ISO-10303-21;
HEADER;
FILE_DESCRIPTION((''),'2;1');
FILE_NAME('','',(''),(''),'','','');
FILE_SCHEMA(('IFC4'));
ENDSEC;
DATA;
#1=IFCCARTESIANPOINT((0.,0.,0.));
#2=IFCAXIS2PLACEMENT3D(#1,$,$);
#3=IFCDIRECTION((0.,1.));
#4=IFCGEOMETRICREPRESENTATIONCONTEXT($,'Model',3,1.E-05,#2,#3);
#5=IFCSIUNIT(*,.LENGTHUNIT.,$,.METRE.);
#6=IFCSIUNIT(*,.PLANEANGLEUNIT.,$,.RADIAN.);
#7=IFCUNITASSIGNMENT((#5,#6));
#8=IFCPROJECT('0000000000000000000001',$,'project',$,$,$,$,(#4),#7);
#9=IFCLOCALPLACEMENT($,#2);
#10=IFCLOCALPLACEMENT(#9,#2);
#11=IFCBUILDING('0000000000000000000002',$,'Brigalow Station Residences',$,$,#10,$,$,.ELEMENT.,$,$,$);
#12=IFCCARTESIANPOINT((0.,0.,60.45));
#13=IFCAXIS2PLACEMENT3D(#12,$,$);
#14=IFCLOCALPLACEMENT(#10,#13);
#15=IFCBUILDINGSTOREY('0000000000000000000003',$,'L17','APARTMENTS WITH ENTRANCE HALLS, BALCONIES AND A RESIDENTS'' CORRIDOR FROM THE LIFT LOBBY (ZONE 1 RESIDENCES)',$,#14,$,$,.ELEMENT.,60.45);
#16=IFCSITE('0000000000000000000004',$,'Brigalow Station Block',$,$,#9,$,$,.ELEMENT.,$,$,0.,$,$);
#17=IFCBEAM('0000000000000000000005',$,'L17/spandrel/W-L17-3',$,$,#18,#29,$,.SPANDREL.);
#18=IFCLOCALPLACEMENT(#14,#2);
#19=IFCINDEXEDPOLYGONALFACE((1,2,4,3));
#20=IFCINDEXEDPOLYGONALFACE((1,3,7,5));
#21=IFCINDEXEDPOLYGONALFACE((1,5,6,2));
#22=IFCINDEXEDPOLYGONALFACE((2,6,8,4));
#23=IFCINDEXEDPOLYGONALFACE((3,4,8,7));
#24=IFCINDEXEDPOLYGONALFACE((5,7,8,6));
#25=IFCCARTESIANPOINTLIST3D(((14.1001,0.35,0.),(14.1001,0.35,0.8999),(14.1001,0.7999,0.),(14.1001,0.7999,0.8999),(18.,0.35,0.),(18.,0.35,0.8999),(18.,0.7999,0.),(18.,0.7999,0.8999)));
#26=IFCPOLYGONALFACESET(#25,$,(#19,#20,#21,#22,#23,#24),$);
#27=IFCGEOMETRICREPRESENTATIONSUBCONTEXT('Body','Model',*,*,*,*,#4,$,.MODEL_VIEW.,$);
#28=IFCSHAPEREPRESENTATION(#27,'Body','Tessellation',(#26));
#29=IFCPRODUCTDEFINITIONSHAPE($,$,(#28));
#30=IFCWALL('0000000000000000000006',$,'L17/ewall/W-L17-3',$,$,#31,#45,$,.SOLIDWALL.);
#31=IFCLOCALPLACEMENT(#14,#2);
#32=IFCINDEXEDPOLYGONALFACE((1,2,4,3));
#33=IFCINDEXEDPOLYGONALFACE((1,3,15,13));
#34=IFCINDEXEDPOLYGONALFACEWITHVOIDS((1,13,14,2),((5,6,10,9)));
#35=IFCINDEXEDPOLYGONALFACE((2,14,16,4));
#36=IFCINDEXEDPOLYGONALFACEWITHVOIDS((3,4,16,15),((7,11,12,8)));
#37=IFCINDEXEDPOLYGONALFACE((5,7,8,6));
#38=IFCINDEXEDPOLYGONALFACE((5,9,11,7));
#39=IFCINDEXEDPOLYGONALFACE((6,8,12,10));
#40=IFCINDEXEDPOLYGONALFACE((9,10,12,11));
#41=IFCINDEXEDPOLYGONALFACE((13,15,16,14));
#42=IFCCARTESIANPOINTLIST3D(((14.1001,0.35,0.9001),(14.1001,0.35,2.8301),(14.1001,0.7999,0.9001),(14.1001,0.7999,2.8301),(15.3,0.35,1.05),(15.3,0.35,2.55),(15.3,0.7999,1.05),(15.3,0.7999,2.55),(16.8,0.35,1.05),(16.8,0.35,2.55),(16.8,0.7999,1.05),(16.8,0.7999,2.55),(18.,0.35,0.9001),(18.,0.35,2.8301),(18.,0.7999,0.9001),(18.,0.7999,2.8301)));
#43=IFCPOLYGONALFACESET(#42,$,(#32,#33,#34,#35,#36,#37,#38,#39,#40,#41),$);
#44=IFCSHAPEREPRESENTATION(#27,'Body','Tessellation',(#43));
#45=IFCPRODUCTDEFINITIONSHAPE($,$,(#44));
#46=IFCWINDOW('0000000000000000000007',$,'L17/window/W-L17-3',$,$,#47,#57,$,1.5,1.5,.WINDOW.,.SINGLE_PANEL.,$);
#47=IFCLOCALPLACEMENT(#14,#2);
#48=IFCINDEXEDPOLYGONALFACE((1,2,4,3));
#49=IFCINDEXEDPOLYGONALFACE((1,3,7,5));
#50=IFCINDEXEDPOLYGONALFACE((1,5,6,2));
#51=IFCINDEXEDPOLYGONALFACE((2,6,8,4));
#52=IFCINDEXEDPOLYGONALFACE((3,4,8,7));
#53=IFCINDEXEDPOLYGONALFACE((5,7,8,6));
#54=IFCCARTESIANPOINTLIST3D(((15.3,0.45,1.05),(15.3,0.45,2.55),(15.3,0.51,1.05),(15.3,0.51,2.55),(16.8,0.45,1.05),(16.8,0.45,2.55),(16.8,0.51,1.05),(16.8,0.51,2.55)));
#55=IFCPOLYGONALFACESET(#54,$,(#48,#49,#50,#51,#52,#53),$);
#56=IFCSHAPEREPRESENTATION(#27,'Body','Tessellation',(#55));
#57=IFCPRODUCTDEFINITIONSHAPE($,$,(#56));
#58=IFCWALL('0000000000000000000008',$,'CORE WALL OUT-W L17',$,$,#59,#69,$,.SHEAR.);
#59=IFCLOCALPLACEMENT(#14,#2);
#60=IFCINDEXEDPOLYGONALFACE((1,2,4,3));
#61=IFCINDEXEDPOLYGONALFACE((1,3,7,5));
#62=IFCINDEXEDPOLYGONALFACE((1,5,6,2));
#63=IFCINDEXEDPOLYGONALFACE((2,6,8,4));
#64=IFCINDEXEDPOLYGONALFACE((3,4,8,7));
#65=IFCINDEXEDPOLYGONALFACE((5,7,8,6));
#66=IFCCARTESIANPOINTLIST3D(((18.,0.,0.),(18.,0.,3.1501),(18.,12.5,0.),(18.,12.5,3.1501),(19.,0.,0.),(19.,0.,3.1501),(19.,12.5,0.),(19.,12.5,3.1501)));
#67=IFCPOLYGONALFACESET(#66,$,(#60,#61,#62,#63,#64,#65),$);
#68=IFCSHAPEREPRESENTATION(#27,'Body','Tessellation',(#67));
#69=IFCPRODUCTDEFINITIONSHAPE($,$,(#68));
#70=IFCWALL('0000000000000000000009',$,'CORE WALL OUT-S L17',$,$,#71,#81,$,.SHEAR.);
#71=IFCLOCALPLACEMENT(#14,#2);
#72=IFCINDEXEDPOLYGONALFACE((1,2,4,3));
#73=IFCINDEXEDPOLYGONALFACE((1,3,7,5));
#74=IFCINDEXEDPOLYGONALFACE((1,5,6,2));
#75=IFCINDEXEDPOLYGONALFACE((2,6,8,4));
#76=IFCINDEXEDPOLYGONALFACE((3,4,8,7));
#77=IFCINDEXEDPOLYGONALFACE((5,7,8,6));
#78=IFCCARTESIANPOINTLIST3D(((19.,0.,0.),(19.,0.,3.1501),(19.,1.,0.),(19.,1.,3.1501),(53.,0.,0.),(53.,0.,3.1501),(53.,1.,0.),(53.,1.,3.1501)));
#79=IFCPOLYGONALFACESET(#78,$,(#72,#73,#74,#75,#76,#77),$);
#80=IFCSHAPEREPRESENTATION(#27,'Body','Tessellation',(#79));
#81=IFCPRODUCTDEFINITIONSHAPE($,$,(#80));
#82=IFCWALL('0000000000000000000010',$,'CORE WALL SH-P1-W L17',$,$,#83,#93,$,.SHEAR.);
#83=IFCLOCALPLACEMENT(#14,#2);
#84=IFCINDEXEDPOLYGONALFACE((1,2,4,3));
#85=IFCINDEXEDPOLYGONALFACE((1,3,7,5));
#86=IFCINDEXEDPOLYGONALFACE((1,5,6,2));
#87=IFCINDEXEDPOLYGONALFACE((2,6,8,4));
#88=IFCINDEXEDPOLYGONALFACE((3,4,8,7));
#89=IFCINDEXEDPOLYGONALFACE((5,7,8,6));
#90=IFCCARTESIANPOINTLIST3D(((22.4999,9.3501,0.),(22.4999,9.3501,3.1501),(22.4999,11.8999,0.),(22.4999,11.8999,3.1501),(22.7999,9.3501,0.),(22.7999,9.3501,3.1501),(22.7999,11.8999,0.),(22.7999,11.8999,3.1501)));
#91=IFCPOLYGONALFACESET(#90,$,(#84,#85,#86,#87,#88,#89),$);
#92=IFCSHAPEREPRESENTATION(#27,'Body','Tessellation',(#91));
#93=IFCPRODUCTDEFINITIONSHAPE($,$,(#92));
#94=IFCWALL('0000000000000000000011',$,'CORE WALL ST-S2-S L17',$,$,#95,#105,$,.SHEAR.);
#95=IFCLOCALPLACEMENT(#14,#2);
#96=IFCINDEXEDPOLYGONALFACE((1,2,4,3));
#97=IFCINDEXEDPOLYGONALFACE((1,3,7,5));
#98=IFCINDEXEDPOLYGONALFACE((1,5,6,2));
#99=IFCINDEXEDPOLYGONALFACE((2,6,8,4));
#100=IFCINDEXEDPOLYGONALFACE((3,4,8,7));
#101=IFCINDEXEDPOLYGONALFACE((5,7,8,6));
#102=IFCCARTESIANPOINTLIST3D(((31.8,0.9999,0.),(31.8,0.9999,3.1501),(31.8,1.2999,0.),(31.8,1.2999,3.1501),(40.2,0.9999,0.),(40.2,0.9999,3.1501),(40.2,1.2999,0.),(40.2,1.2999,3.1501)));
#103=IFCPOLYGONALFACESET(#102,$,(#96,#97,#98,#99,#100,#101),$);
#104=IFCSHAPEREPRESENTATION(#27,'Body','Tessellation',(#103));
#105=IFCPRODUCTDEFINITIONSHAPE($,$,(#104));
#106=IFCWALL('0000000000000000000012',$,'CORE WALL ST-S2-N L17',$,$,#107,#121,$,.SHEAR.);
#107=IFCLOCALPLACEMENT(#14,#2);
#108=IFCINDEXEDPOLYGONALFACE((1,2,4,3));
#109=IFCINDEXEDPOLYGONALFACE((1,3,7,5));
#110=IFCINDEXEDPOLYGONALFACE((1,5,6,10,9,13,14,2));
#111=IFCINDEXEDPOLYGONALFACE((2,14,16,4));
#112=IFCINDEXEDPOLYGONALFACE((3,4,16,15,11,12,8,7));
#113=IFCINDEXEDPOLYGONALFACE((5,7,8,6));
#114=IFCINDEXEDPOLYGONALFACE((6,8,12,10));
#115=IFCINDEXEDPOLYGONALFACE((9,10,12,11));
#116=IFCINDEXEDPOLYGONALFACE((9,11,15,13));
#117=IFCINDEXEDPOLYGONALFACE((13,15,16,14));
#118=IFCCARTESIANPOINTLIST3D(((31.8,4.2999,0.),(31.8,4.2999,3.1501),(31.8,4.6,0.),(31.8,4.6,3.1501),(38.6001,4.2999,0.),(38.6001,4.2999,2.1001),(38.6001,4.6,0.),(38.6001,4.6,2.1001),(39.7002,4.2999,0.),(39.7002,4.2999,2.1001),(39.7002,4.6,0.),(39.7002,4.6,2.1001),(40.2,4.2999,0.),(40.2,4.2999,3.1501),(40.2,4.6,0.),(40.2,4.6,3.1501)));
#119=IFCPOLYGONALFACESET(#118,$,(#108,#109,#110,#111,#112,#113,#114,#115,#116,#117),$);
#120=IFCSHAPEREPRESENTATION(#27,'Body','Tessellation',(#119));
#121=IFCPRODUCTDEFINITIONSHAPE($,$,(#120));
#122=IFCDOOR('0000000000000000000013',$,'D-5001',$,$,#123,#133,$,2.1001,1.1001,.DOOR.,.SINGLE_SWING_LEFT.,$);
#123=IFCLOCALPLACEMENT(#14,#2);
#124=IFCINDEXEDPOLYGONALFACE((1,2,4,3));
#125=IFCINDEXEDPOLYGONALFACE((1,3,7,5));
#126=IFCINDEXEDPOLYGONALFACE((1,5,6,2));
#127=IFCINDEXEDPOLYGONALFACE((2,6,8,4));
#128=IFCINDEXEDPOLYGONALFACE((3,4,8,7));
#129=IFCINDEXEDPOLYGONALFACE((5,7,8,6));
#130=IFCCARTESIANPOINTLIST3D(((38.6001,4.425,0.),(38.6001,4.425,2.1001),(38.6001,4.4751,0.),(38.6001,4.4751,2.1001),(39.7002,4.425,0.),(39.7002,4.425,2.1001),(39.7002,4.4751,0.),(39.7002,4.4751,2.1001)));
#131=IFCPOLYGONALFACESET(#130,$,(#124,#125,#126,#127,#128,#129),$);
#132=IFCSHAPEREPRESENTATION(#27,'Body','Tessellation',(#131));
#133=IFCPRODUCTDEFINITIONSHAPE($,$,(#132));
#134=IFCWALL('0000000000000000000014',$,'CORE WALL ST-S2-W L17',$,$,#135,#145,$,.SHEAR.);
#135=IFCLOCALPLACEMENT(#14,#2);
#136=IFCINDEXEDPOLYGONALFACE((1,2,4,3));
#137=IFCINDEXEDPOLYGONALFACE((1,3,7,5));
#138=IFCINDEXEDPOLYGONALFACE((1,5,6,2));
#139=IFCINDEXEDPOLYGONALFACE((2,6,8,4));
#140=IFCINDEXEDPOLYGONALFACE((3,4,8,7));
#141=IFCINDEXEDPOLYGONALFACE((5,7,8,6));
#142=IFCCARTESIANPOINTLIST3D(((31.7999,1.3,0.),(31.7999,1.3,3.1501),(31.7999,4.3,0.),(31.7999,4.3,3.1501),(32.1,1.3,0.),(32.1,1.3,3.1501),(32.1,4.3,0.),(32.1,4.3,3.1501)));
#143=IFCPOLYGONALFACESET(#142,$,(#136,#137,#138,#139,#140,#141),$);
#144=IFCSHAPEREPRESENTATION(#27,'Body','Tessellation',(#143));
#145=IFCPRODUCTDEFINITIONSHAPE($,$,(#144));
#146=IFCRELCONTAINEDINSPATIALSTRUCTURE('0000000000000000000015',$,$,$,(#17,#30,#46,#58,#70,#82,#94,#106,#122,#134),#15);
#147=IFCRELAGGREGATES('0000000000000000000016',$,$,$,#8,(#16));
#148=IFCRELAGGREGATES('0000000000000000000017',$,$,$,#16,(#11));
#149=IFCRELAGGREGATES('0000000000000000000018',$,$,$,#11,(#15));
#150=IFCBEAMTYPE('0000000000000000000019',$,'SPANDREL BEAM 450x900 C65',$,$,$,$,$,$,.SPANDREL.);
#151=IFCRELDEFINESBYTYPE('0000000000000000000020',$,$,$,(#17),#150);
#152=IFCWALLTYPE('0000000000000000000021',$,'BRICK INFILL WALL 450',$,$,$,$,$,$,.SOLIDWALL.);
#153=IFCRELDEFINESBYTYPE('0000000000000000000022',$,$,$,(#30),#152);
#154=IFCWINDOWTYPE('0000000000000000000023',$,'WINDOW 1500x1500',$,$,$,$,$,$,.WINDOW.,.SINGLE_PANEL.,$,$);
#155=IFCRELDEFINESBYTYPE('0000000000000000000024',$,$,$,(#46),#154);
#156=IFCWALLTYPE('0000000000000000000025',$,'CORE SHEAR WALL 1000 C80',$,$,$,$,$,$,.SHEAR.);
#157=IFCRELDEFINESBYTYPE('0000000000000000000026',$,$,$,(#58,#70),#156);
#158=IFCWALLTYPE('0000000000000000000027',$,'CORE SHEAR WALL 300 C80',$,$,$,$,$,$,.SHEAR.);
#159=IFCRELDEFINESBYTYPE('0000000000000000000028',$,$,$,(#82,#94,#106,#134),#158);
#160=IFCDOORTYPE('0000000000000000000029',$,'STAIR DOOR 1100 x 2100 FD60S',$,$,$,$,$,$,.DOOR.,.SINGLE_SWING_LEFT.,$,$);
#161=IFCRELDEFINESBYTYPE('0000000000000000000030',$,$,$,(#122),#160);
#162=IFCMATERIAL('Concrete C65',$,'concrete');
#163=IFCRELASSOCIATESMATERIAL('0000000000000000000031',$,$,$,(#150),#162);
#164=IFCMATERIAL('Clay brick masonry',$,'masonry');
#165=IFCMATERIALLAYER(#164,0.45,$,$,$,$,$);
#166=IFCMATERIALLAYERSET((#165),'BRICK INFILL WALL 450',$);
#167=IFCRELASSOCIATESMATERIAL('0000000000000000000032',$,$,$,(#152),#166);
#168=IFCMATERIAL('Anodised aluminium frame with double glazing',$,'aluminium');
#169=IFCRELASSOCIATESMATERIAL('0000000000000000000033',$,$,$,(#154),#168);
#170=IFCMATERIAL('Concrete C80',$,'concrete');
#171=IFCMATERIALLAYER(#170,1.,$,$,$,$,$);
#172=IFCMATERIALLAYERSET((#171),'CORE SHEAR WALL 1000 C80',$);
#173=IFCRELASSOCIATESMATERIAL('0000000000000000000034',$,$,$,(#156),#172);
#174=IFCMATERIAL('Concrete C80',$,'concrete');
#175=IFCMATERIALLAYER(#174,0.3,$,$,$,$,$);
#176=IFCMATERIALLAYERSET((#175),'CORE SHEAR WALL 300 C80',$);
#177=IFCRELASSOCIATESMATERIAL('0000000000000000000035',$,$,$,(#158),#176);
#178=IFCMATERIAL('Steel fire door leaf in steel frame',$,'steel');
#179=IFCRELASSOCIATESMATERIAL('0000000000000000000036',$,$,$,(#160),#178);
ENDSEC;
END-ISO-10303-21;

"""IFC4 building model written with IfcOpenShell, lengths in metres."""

from ifc_helpers import new_model, si_unit, direction, frame, frame_2d, origin, origin_2d, place, context, subcontext, project, spatial, rectangle, extrude, material, layer, layer_set, material_profile, profile_set, type_object, element, fill, save


model = new_model("IFC4")

# Units and contexts
model_context = context("Model", 3, precision=1e-05, world=origin(), true_north=direction((0.0, 1.0)))
body_context = subcontext(model_context, "Body", "Model", "MODEL_VIEW")
ifc_project = project(units=[si_unit("LENGTHUNIT", "METRE"), si_unit("PLANEANGLEUNIT", "RADIAN")], contexts=[model_context])

# Site, building, storey
site_placement = place(None, origin())
site = spatial("IfcSite", under=ifc_project, at=site_placement, Name="Brigalow Station Block", CompositionType="ELEMENT", RefElevation=0.0)
building_placement = place(site_placement, origin())
building = spatial("IfcBuilding", under=site, at=building_placement, Name="Brigalow Station Residences", CompositionType="ELEMENT")
storey_placement = place(building_placement, frame((0.0, 0.0, 60.45)))
storey = spatial("IfcBuildingStorey", under=building, at=storey_placement, Name="L17", Description="APARTMENTS WITH ENTRANCE HALLS, BALCONIES AND A RESIDENTS' CORRIDOR FROM THE LIFT LOBBY (ZONE 1 RESIDENCES)", CompositionType="ELEMENT", Elevation=60.45)

# Beam
ifc_material_1 = material(Name="Concrete C65", Category="concrete")
ifc_material_profile = material_profile(ifc_material_1, rectangle(XDim=0.45, YDim=0.8999, at=origin_2d()), Name="RC450x900")
ifc_profile_set = profile_set([ifc_material_profile], Name="Concrete C65")
beam_type = type_object("IfcBeamType", Name="SPANDREL BEAM 450x900 C65", PredefinedType="SPANDREL", material=ifc_profile_set)
beam_placement = place(storey_placement, frame((14.1001, 0.575, 0.45), z_axis=(1.0, 0.0, 0.0), x_axis=(0.0, 1.0, 0.0)))
element("IfcBeam", 1, at=beam_placement, inside=storey, type_object=beam_type, Name="L17/spandrel/W-L17-3", PredefinedType="SPANDREL", context=body_context, shape_type="SweptSolid", body=[
    extrude(rectangle(XDim=0.45, YDim=0.8999, at=origin_2d()), origin(), (0.0, 0.0, 1.0), 3.8999),
])

# Wall, opening, window
ifc_material_2 = material(Name="Clay brick masonry", Category="masonry")
ifc_layer_1 = layer(ifc_material_2, 0.45)
ifc_layer_set_1 = layer_set([ifc_layer_1], Name="BRICK INFILL WALL 450")
wall_type_1 = type_object("IfcWallType", Name="BRICK INFILL WALL 450", PredefinedType="SOLIDWALL", material=ifc_layer_set_1)
wall_1_placement = place(storey_placement, frame((14.1001, 0.575, 0.9001), z_axis=(0.0, 0.0, 1.0), x_axis=(1.0, 0.0, 0.0)))
wall_1 = element("IfcWall", 2, at=wall_1_placement, inside=storey, type_object=wall_type_1, Name="L17/ewall/W-L17-3", PredefinedType="SOLIDWALL", context=body_context, shape_type="SweptSolid", body=[
    extrude(rectangle(XDim=3.8999, YDim=0.45, at=frame_2d((1.95, 0.0))), origin(), (0.0, 0.0, 1.0), 1.9299),
])
opening_1_placement = place(wall_1_placement, frame((1.2, 0.0, 0.1499)))
opening_1 = element("IfcOpeningElement", 3, at=opening_1_placement, cuts=wall_1, PredefinedType="OPENING", context=body_context, shape_type="SweptSolid", body=[
    extrude(rectangle(XDim=1.5, YDim=1.5, at=frame_2d((0.75, 0.75))), frame((0.0, 0.2349, 0.0), z_axis=(0.0, -1.0, 0.0), x_axis=(1.0, 0.0, 0.0)), (0.0, 0.0, 1.0), 0.47),
])
ifc_material_3 = material(Name="Anodised aluminium frame with double glazing", Category="aluminium")
window_type = type_object("IfcWindowType", Name="WINDOW 1500x1500", PartitioningType="SINGLE_PANEL", PredefinedType="WINDOW", material=ifc_material_3)
window_placement = place(opening_1_placement, origin())
window = element("IfcWindow", 4, at=window_placement, inside=storey, type_object=window_type, Name="L17/window/W-L17-3", OverallHeight=1.5, OverallWidth=1.5, PartitioningType="SINGLE_PANEL", PredefinedType="WINDOW", context=body_context, shape_type="SweptSolid", body=[
    extrude(rectangle(XDim=1.5, YDim=1.5, at=frame_2d((0.75, 0.75))), frame((0.0, -0.0649, 0.0), z_axis=(0.0, -1.0, 0.0), x_axis=(1.0, 0.0, 0.0)), (0.0, 0.0, 1.0), 0.0601),
])
fill(opening_1, window)

# Walls
ifc_material_4 = material(Name="Concrete C80", Category="concrete")
ifc_layer_2 = layer(ifc_material_4, 1.0)
ifc_layer_set_2 = layer_set([ifc_layer_2], Name="CORE SHEAR WALL 1000 C80")
wall_type_2 = type_object("IfcWallType", Name="CORE SHEAR WALL 1000 C80", PredefinedType="SHEAR", material=ifc_layer_set_2)
wall_2_placement = place(storey_placement, frame((18.5, 0.0, 0.0), z_axis=(0.0, 0.0, 1.0), x_axis=(0.0, 1.0, 0.0)))
element("IfcWall", 5, at=wall_2_placement, inside=storey, type_object=wall_type_2, Name="CORE WALL OUT-W L17", PredefinedType="SHEAR", context=body_context, shape_type="SweptSolid", body=[
    extrude(rectangle(XDim=12.5, YDim=1.0, at=frame_2d((6.25, 0.0))), origin(), (0.0, 0.0, 1.0), 3.1501),
])
wall_3_placement = place(storey_placement, frame((19.0, 0.5, 0.0), z_axis=(0.0, 0.0, 1.0), x_axis=(1.0, 0.0, 0.0)))
element("IfcWall", 6, at=wall_3_placement, inside=storey, type_object=wall_type_2, Name="CORE WALL OUT-S L17", PredefinedType="SHEAR", context=body_context, shape_type="SweptSolid", body=[
    extrude(rectangle(XDim=34.0, YDim=1.0, at=frame_2d((17.0, 0.0))), origin(), (0.0, 0.0, 1.0), 3.1501),
])
ifc_material_5 = material(Name="Concrete C80", Category="concrete")
ifc_layer_3 = layer(ifc_material_5, 0.3)
ifc_layer_set_3 = layer_set([ifc_layer_3], Name="CORE SHEAR WALL 300 C80")
wall_type_3 = type_object("IfcWallType", Name="CORE SHEAR WALL 300 C80", PredefinedType="SHEAR", material=ifc_layer_set_3)
wall_4_placement = place(storey_placement, frame((22.6499, 9.3501, 0.0), z_axis=(0.0, 0.0, 1.0), x_axis=(0.0, 1.0, 0.0)))
element("IfcWall", 7, at=wall_4_placement, inside=storey, type_object=wall_type_3, Name="CORE WALL SH-P1-W L17", PredefinedType="SHEAR", context=body_context, shape_type="SweptSolid", body=[
    extrude(rectangle(XDim=2.5498, YDim=0.3, at=frame_2d((1.2749, 0.0))), origin(), (0.0, 0.0, 1.0), 3.1501),
])
wall_5_placement = place(storey_placement, frame((31.8, 1.1499, 0.0), z_axis=(0.0, 0.0, 1.0), x_axis=(1.0, 0.0, 0.0)))
element("IfcWall", 8, at=wall_5_placement, inside=storey, type_object=wall_type_3, Name="CORE WALL ST-S2-S L17", PredefinedType="SHEAR", context=body_context, shape_type="SweptSolid", body=[
    extrude(rectangle(XDim=8.3999, YDim=0.3, at=frame_2d((4.2, 0.0))), origin(), (0.0, 0.0, 1.0), 3.1501),
])

# Wall, opening, door
wall_6_placement = place(storey_placement, frame((31.8, 4.45, 0.0), z_axis=(0.0, 0.0, 1.0), x_axis=(1.0, 0.0, 0.0)))
wall_6 = element("IfcWall", 9, at=wall_6_placement, inside=storey, type_object=wall_type_3, Name="CORE WALL ST-S2-N L17", PredefinedType="SHEAR", context=body_context, shape_type="SweptSolid", body=[
    extrude(rectangle(XDim=8.3999, YDim=0.3, at=frame_2d((4.2, 0.0))), origin(), (0.0, 0.0, 1.0), 3.1501),
])
opening_2_placement = place(wall_6_placement, frame((6.8, 0.0, 0.0)))
opening_2 = element("IfcOpeningElement", 10, at=opening_2_placement, cuts=wall_6, PredefinedType="OPENING", context=body_context, shape_type="SweptSolid", body=[
    extrude(rectangle(XDim=1.1001, YDim=2.1001, at=frame_2d((0.55, 1.05))), frame((0.0, 0.1602, 0.0), z_axis=(0.0, -1.0, 0.0), x_axis=(1.0, 0.0, 0.0)), (0.0, 0.0, 1.0), 0.3201),
])
ifc_material_6 = material(Name="Steel fire door leaf in steel frame", Category="steel")
door_type_1 = type_object("IfcDoorType", Name="STAIR DOOR 1100 x 2100 FD60S", OperationType="SINGLE_SWING_LEFT", PredefinedType="DOOR", material=ifc_material_6)
door_1_placement = place(opening_2_placement, frame((1.1001, 0.0, 0.0), z_axis=(0.0, 0.0, 1.0), x_axis=(-1.0, 0.0, 0.0)))
door_1 = element("IfcDoor", 11, at=door_1_placement, inside=storey, type_object=door_type_1, Name="D-5001", OperationType="SINGLE_SWING_LEFT", OverallHeight=2.1001, OverallWidth=1.1001, PredefinedType="DOOR", context=body_context, shape_type="SweptSolid", body=[
    extrude(rectangle(XDim=1.1001, YDim=2.1001, at=frame_2d((0.55, 1.05))), frame((0.0, 0.0249, 0.0), z_axis=(0.0, -1.0, 0.0), x_axis=(1.0, 0.0, 0.0)), (0.0, 0.0, 1.0), 0.05),
])
fill(opening_2, door_1)

# Wall
wall_7_placement = place(storey_placement, frame((31.95, 1.3, 0.0), z_axis=(0.0, 0.0, 1.0), x_axis=(0.0, 1.0, 0.0)))
element("IfcWall", 12, at=wall_7_placement, inside=storey, type_object=wall_type_3, Name="CORE WALL ST-S2-W L17", PredefinedType="SHEAR", context=body_context, shape_type="SweptSolid", body=[
    extrude(rectangle(XDim=3.0, YDim=0.3, at=frame_2d((1.5, 0.0))), origin(), (0.0, 0.0, 1.0), 3.1501),
])

save(model, "model.ifc")
